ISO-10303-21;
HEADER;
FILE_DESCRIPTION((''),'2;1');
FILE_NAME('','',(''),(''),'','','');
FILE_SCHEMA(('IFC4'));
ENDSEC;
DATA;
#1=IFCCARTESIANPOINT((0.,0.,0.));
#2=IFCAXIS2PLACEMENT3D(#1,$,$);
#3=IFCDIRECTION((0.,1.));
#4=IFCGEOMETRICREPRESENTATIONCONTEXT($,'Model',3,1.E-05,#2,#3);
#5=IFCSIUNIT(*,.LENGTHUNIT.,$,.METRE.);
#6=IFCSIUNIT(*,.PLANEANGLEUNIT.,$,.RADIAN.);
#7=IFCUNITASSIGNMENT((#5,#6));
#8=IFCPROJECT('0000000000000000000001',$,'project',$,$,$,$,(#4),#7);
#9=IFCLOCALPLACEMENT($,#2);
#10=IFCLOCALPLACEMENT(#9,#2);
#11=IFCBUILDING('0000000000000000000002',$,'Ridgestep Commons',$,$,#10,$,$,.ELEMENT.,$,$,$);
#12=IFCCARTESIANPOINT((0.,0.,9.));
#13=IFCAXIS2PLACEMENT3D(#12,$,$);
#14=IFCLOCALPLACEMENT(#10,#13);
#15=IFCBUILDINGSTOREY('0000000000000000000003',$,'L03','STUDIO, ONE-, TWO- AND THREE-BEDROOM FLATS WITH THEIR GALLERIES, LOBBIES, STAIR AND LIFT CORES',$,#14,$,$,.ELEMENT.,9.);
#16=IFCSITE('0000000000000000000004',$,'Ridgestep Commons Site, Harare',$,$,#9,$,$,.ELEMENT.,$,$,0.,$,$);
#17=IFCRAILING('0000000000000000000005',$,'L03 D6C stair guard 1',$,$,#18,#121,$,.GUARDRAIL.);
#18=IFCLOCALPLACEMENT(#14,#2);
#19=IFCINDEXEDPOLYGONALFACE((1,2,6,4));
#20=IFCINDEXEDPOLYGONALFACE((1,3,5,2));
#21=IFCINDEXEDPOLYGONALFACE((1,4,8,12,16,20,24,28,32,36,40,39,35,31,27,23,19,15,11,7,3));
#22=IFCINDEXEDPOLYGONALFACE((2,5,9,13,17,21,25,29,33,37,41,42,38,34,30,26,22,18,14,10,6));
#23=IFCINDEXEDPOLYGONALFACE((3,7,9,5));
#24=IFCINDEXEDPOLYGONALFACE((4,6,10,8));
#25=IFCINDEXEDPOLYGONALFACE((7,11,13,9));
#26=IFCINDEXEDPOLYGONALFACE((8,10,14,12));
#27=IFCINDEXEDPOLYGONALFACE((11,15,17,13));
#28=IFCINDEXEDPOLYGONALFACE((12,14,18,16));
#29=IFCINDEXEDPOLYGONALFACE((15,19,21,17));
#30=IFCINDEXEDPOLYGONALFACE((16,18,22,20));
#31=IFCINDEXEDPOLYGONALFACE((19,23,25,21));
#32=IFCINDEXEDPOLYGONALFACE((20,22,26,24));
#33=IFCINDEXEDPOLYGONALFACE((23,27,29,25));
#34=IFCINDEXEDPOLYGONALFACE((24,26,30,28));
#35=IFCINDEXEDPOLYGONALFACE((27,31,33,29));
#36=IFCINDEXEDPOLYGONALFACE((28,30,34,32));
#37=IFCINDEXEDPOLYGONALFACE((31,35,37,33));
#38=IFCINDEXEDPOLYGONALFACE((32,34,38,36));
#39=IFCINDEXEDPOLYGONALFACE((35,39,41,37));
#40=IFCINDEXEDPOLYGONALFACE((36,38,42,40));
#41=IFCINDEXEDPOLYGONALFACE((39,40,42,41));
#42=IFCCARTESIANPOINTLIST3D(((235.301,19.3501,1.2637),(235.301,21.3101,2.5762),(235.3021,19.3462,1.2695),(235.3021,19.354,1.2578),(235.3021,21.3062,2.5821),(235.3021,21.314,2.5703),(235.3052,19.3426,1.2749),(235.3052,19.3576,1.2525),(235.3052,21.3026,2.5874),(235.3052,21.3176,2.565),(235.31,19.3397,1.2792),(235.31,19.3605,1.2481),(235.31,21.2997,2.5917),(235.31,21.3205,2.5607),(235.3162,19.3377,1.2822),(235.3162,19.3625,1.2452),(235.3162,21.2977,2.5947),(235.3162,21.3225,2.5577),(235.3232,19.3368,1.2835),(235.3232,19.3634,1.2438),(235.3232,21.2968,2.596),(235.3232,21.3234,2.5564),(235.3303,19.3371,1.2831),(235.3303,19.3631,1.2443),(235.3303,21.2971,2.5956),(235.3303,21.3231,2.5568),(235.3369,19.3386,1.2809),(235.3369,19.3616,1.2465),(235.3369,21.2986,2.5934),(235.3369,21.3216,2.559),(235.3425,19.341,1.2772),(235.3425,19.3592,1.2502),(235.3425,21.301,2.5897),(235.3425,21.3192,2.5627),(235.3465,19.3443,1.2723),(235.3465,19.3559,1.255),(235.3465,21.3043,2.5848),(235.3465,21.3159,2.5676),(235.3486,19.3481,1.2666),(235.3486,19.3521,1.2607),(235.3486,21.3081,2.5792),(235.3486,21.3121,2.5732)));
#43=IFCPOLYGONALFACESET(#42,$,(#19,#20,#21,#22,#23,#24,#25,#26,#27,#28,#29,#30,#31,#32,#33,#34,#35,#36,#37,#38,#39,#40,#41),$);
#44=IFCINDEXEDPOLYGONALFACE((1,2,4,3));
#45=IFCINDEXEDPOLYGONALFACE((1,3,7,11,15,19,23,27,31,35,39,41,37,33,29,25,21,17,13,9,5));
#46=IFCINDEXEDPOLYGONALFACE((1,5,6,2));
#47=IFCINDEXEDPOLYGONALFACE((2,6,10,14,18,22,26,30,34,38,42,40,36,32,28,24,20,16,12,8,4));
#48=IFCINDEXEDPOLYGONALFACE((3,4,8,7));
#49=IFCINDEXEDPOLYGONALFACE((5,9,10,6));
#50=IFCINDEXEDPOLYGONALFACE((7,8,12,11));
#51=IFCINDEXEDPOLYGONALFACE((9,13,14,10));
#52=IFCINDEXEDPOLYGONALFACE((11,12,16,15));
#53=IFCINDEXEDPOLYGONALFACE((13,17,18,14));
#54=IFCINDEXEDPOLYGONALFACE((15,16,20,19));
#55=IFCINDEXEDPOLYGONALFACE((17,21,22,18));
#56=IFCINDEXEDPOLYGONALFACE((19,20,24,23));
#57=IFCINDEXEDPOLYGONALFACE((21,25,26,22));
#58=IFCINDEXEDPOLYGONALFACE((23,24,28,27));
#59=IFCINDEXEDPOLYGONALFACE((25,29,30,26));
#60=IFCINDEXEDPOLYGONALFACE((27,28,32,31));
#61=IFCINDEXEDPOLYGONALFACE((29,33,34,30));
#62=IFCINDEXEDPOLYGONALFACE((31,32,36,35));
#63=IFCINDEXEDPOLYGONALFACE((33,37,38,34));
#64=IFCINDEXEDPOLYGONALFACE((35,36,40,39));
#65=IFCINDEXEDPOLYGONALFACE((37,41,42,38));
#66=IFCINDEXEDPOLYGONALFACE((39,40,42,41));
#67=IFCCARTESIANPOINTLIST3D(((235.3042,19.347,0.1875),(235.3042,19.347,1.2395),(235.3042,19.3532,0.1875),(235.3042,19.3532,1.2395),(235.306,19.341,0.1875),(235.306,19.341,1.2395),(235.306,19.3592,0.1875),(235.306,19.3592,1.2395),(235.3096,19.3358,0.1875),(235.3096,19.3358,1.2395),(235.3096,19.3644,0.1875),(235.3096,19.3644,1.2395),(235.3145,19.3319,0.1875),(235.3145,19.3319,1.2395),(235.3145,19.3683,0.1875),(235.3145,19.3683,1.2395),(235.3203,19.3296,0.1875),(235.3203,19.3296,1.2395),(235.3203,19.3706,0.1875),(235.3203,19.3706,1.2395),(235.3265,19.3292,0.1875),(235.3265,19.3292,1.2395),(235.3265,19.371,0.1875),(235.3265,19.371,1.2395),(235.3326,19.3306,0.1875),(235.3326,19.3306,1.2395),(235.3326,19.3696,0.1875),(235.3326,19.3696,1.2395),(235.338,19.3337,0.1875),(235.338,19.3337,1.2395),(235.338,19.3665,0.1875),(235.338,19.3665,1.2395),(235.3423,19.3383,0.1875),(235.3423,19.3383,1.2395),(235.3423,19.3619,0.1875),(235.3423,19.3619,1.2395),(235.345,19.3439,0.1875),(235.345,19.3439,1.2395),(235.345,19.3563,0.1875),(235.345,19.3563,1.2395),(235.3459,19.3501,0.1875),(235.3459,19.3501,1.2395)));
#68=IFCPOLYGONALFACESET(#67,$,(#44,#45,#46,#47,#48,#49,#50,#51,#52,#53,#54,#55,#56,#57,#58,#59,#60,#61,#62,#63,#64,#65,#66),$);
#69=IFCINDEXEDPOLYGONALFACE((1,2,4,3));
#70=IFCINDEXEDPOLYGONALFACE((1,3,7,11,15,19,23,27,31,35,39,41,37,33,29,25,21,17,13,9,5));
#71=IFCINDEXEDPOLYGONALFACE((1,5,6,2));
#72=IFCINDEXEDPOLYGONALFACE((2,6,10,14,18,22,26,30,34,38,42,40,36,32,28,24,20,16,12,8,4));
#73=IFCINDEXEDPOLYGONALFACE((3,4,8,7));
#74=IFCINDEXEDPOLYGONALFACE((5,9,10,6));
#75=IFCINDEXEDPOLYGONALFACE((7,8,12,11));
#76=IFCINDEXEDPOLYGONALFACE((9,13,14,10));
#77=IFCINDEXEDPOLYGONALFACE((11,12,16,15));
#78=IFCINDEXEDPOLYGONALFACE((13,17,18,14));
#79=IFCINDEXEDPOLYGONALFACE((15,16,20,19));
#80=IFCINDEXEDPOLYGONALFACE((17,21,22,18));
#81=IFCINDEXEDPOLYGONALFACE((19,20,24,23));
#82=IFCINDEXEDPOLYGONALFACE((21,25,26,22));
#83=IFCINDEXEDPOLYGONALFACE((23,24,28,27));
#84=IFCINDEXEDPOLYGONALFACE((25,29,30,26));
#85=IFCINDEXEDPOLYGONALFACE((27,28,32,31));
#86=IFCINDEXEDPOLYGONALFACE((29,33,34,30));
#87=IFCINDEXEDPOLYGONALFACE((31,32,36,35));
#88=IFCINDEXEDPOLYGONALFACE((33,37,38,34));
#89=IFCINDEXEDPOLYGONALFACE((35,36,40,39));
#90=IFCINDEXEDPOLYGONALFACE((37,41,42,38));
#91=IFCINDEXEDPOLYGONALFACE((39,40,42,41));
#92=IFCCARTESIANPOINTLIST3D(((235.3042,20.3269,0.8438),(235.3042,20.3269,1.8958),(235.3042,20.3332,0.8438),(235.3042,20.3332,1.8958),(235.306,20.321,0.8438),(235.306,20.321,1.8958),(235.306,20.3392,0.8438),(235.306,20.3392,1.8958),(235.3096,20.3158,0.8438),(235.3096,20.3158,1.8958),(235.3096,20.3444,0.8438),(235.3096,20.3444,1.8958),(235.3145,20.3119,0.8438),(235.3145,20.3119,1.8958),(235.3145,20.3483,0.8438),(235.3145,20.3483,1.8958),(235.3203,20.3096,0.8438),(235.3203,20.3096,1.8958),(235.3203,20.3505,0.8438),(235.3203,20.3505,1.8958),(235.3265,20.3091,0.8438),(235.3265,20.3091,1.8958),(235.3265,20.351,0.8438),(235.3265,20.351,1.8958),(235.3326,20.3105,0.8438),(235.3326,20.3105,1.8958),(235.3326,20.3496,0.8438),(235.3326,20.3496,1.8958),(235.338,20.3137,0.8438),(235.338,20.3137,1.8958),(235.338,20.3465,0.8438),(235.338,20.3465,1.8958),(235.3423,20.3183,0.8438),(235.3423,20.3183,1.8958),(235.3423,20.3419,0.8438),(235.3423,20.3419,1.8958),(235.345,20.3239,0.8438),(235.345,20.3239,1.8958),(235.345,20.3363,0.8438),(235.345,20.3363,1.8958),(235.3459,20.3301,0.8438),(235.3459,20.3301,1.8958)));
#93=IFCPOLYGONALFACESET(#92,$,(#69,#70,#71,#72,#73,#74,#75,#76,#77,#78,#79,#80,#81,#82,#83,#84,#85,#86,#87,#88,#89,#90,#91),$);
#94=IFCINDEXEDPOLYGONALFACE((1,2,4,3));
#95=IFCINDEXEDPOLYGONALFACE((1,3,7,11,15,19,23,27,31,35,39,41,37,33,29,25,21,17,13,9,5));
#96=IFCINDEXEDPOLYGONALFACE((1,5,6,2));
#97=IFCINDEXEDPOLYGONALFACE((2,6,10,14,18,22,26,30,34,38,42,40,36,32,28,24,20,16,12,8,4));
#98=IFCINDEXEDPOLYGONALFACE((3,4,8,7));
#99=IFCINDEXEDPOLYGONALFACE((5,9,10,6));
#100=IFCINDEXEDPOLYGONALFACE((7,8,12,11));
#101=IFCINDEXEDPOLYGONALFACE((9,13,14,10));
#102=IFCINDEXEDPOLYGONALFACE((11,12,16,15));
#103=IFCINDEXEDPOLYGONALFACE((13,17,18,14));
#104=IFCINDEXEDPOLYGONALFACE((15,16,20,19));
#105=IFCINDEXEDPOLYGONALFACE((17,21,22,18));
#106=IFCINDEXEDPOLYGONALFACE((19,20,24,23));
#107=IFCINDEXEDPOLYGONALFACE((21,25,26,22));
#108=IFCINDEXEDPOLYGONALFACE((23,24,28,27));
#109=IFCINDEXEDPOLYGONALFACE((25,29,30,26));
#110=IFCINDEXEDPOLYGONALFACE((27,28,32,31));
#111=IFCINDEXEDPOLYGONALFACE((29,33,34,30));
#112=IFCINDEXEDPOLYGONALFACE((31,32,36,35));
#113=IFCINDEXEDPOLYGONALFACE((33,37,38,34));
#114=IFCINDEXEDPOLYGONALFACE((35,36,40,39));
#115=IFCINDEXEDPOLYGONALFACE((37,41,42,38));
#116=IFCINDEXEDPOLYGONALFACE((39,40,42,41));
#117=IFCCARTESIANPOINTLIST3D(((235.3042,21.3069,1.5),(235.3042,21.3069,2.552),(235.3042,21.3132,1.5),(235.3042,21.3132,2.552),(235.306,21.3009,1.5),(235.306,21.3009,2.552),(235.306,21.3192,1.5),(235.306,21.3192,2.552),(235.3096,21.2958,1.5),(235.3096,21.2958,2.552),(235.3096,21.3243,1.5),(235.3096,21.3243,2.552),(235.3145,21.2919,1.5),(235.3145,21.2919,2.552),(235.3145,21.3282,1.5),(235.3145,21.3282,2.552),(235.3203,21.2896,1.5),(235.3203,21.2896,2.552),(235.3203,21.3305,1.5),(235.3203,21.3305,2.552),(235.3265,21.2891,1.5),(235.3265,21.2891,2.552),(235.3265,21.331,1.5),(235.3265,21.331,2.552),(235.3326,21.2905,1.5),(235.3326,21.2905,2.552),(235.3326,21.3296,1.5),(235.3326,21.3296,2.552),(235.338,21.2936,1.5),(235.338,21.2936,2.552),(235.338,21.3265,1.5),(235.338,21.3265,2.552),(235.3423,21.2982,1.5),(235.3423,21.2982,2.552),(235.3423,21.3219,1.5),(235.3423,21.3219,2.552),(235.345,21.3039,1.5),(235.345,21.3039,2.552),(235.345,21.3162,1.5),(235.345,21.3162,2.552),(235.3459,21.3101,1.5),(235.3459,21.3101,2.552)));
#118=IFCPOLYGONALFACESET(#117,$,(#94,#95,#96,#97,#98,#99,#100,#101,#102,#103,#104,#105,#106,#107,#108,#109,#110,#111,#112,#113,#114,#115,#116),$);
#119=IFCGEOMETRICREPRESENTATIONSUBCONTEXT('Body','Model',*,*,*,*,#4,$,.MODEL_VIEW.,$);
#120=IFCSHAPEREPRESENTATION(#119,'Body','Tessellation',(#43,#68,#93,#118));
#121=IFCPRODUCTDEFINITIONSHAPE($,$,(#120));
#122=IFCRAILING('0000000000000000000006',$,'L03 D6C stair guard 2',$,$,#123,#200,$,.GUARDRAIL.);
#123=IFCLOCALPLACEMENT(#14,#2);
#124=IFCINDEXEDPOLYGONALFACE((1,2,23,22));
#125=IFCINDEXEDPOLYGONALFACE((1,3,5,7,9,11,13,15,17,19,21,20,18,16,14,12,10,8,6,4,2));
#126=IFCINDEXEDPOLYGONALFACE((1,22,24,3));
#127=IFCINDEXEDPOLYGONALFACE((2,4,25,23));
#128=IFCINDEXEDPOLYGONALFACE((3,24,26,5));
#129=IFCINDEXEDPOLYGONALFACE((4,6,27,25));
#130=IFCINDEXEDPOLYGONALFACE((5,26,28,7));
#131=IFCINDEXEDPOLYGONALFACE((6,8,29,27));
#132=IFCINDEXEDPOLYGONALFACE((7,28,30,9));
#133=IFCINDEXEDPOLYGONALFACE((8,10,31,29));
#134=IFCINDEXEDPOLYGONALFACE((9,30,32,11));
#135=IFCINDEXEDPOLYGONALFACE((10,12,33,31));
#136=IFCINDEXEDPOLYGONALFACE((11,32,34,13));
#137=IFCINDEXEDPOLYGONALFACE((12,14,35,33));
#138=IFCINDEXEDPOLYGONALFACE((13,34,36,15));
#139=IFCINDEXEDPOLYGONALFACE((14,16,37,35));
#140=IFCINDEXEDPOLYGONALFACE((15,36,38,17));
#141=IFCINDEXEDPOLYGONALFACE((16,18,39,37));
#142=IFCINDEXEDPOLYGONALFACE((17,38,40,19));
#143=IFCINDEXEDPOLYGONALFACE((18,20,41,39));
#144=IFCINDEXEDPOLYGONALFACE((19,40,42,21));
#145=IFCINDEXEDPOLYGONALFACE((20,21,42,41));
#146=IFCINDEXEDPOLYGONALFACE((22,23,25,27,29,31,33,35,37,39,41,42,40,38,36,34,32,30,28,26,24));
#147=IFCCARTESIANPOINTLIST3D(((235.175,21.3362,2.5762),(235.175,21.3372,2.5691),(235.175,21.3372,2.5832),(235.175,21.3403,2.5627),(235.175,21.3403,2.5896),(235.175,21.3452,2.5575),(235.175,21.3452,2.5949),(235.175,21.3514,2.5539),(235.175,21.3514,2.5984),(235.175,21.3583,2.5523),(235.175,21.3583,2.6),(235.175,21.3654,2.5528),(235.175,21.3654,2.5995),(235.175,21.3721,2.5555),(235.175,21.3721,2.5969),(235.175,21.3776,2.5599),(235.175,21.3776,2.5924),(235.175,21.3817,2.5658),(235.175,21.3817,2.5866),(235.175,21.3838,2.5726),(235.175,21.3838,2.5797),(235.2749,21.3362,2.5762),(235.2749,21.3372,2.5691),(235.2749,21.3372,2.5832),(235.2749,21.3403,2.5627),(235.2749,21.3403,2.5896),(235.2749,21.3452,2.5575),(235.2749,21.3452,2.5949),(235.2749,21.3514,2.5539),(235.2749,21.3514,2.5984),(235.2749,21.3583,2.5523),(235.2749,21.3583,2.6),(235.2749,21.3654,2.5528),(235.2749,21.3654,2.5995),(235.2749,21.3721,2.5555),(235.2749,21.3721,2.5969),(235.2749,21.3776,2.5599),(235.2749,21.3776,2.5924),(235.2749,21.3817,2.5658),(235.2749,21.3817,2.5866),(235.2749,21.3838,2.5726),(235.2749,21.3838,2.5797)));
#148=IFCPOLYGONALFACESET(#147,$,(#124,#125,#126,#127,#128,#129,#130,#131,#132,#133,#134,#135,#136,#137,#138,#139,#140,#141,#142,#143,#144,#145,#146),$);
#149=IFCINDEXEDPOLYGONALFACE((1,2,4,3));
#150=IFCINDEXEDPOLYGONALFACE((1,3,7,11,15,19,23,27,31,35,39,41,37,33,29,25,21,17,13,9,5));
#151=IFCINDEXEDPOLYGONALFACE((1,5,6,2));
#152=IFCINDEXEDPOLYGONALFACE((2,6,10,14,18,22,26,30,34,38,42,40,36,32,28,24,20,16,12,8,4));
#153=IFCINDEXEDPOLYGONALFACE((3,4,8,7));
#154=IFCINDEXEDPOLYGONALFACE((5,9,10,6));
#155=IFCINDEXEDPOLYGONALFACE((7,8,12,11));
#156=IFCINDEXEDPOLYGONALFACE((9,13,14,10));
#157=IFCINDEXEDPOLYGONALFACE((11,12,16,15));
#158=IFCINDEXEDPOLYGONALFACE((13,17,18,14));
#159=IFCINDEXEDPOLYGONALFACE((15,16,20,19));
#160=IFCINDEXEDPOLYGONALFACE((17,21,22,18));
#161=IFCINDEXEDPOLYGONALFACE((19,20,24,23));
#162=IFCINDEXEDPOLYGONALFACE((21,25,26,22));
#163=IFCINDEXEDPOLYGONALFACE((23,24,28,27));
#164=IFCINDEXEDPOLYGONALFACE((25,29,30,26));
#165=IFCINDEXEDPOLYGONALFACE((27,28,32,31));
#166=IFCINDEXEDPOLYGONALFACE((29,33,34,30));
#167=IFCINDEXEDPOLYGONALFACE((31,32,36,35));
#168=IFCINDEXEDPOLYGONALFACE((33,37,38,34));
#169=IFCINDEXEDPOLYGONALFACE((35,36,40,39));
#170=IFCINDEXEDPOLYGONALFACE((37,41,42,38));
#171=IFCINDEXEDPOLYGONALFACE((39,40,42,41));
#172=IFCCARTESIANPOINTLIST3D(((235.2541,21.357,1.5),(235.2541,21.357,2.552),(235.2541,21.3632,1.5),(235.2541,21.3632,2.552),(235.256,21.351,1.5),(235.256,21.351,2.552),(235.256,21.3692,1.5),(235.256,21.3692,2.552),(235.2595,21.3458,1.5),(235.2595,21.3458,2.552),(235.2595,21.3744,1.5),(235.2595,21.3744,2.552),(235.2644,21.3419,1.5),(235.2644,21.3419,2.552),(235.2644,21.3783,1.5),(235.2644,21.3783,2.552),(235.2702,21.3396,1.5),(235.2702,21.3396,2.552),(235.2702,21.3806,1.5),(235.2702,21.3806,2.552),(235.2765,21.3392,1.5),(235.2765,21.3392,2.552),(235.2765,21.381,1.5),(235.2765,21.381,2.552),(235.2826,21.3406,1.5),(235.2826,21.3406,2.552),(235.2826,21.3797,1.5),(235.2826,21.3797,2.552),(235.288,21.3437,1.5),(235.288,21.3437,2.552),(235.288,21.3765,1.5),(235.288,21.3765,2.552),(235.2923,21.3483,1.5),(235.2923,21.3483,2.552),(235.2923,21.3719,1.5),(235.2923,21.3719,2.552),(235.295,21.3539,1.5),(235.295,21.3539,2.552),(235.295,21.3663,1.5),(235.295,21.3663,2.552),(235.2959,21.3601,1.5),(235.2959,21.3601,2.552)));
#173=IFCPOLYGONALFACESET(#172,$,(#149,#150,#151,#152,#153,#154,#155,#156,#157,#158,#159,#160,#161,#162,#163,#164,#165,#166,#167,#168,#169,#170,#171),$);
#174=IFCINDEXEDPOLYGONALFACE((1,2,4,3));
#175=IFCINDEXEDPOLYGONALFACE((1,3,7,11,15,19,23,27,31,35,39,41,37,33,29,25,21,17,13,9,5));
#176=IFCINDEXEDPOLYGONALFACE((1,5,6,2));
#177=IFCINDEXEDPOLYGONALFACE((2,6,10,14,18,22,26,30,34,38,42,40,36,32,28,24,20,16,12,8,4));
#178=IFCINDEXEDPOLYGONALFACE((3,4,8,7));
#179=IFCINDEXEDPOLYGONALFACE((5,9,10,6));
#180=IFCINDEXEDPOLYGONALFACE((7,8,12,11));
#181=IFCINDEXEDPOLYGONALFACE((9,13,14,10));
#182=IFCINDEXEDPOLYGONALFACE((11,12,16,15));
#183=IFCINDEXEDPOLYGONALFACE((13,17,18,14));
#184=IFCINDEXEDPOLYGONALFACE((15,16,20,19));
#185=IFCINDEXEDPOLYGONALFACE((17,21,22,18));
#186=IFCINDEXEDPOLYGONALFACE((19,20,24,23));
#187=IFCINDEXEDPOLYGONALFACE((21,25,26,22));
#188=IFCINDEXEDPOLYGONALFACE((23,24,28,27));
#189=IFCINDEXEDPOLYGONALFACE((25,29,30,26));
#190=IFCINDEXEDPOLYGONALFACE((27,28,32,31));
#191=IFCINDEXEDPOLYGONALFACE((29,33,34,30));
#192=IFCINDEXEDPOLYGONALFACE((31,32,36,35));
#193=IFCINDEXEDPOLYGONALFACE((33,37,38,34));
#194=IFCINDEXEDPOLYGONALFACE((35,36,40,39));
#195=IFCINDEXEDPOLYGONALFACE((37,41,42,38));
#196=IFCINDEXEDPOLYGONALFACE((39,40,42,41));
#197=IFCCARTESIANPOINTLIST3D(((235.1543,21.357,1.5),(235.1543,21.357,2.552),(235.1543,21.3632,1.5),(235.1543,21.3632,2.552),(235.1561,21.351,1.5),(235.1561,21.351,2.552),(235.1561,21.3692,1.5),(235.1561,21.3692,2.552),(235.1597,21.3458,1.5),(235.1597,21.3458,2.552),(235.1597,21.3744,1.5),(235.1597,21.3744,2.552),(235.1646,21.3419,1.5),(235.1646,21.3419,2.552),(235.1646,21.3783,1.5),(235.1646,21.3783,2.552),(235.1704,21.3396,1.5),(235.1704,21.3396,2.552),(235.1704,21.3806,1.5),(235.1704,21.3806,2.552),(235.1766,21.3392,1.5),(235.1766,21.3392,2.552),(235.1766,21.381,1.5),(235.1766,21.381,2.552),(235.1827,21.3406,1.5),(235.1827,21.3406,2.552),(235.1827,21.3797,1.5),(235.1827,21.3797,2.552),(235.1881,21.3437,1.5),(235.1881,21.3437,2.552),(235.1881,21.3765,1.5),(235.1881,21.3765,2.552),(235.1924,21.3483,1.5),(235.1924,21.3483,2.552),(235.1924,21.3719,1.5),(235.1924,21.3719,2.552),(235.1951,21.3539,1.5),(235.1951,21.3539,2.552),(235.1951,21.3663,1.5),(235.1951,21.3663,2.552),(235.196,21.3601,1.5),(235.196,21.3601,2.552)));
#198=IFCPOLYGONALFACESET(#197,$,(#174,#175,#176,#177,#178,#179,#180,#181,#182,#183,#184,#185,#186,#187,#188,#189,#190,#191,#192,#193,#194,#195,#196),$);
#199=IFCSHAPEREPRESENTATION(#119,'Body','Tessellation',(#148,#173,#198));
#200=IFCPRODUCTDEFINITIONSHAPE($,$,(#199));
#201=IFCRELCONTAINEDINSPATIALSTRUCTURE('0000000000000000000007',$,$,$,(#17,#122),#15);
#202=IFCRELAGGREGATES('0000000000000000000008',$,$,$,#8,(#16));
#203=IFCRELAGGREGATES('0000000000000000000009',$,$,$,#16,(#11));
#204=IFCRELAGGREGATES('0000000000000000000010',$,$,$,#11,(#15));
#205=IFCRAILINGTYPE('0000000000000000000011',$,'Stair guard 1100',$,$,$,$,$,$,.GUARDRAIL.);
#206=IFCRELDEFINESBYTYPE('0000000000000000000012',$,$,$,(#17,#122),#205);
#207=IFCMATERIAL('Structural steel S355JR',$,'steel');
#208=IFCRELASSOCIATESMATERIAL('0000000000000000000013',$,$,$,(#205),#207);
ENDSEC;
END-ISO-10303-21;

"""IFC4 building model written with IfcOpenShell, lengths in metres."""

from ifc_helpers import new_model, si_unit, direction, frame, origin, origin_2d, place, context, subcontext, project, spatial, circle, extrude, material, type_object, element, save


model = new_model("IFC4")

# Units and contexts
model_context = context("Model", 3, precision=1e-05, world=origin(), true_north=direction((0.0, 1.0)))
body_context = subcontext(model_context, "Body", "Model", "MODEL_VIEW")
ifc_project = project(units=[si_unit("LENGTHUNIT", "METRE"), si_unit("PLANEANGLEUNIT", "RADIAN")], contexts=[model_context])

# Site, building, storey
site_placement = place(None, origin())
site = spatial("IfcSite", under=ifc_project, at=site_placement, Name="Ridgestep Commons Site, Harare", CompositionType="ELEMENT", RefElevation=0.0)
building_placement = place(site_placement, origin())
building = spatial("IfcBuilding", under=site, at=building_placement, Name="Ridgestep Commons", CompositionType="ELEMENT")
storey_placement = place(building_placement, frame((0.0, 0.0, 9.0)))
storey = spatial("IfcBuildingStorey", under=building, at=storey_placement, Name="L03", Description="STUDIO, ONE-, TWO- AND THREE-BEDROOM FLATS WITH THEIR GALLERIES, LOBBIES, STAIR AND LIFT CORES", CompositionType="ELEMENT", Elevation=9.0)

# Railings
ifc_material_1 = material(Name="Structural steel S355JR", Category="steel")
railing_type_1 = type_object("IfcRailingType", Name="Stair guard 1100", PredefinedType="GUARDRAIL", material=ifc_material_1)
railing_1_placement = place(storey_placement, frame((235.325, 19.3501, 0.1875)))
element("IfcRailing", 1, at=railing_1_placement, inside=storey, type_object=railing_type_1, Name="L03 D6C stair guard 1", PredefinedType="GUARDRAIL", context=body_context, shape_type="SweptSolid", body=[
    extrude(circle(Radius=0.0239, at=origin_2d()), frame((0.0, 0.0, 1.0762), z_axis=(0.0, 0.830902, 0.556419), x_axis=(-1.0, 0.0, 0.0)), (0.0, 0.0, 1.0), 2.3589),
    extrude(circle(Radius=0.021, at=origin_2d()), origin(), (0.0, 0.0, 1.0), 1.052),
    extrude(circle(Radius=0.021, at=origin_2d()), frame((0.0, 0.98, 0.6562)), (0.0, 0.0, 1.0), 1.052),
    extrude(circle(Radius=0.021, at=origin_2d()), frame((0.0, 1.96, 1.3125)), (0.0, 0.0, 1.0), 1.052),
])
railing_2_placement = place(storey_placement, frame((235.2749, 21.3601, 1.5)))
element("IfcRailing", 2, at=railing_2_placement, inside=storey, type_object=railing_type_1, Name="L03 D6C stair guard 2", PredefinedType="GUARDRAIL", context=body_context, shape_type="SweptSolid", body=[
    extrude(circle(Radius=0.0239, at=origin_2d()), frame((0.0, 0.0, 1.0762), z_axis=(-1.0, 0.0, 0.0), x_axis=(0.0, -1.0, 0.0)), (0.0, 0.0, 1.0), 0.0999),
    extrude(circle(Radius=0.021, at=origin_2d()), origin(), (0.0, 0.0, 1.0), 1.052),
    extrude(circle(Radius=0.021, at=origin_2d()), frame((-0.0999, 0.0, 0.0)), (0.0, 0.0, 1.0), 1.052),
])

save(model, "model.ifc")
